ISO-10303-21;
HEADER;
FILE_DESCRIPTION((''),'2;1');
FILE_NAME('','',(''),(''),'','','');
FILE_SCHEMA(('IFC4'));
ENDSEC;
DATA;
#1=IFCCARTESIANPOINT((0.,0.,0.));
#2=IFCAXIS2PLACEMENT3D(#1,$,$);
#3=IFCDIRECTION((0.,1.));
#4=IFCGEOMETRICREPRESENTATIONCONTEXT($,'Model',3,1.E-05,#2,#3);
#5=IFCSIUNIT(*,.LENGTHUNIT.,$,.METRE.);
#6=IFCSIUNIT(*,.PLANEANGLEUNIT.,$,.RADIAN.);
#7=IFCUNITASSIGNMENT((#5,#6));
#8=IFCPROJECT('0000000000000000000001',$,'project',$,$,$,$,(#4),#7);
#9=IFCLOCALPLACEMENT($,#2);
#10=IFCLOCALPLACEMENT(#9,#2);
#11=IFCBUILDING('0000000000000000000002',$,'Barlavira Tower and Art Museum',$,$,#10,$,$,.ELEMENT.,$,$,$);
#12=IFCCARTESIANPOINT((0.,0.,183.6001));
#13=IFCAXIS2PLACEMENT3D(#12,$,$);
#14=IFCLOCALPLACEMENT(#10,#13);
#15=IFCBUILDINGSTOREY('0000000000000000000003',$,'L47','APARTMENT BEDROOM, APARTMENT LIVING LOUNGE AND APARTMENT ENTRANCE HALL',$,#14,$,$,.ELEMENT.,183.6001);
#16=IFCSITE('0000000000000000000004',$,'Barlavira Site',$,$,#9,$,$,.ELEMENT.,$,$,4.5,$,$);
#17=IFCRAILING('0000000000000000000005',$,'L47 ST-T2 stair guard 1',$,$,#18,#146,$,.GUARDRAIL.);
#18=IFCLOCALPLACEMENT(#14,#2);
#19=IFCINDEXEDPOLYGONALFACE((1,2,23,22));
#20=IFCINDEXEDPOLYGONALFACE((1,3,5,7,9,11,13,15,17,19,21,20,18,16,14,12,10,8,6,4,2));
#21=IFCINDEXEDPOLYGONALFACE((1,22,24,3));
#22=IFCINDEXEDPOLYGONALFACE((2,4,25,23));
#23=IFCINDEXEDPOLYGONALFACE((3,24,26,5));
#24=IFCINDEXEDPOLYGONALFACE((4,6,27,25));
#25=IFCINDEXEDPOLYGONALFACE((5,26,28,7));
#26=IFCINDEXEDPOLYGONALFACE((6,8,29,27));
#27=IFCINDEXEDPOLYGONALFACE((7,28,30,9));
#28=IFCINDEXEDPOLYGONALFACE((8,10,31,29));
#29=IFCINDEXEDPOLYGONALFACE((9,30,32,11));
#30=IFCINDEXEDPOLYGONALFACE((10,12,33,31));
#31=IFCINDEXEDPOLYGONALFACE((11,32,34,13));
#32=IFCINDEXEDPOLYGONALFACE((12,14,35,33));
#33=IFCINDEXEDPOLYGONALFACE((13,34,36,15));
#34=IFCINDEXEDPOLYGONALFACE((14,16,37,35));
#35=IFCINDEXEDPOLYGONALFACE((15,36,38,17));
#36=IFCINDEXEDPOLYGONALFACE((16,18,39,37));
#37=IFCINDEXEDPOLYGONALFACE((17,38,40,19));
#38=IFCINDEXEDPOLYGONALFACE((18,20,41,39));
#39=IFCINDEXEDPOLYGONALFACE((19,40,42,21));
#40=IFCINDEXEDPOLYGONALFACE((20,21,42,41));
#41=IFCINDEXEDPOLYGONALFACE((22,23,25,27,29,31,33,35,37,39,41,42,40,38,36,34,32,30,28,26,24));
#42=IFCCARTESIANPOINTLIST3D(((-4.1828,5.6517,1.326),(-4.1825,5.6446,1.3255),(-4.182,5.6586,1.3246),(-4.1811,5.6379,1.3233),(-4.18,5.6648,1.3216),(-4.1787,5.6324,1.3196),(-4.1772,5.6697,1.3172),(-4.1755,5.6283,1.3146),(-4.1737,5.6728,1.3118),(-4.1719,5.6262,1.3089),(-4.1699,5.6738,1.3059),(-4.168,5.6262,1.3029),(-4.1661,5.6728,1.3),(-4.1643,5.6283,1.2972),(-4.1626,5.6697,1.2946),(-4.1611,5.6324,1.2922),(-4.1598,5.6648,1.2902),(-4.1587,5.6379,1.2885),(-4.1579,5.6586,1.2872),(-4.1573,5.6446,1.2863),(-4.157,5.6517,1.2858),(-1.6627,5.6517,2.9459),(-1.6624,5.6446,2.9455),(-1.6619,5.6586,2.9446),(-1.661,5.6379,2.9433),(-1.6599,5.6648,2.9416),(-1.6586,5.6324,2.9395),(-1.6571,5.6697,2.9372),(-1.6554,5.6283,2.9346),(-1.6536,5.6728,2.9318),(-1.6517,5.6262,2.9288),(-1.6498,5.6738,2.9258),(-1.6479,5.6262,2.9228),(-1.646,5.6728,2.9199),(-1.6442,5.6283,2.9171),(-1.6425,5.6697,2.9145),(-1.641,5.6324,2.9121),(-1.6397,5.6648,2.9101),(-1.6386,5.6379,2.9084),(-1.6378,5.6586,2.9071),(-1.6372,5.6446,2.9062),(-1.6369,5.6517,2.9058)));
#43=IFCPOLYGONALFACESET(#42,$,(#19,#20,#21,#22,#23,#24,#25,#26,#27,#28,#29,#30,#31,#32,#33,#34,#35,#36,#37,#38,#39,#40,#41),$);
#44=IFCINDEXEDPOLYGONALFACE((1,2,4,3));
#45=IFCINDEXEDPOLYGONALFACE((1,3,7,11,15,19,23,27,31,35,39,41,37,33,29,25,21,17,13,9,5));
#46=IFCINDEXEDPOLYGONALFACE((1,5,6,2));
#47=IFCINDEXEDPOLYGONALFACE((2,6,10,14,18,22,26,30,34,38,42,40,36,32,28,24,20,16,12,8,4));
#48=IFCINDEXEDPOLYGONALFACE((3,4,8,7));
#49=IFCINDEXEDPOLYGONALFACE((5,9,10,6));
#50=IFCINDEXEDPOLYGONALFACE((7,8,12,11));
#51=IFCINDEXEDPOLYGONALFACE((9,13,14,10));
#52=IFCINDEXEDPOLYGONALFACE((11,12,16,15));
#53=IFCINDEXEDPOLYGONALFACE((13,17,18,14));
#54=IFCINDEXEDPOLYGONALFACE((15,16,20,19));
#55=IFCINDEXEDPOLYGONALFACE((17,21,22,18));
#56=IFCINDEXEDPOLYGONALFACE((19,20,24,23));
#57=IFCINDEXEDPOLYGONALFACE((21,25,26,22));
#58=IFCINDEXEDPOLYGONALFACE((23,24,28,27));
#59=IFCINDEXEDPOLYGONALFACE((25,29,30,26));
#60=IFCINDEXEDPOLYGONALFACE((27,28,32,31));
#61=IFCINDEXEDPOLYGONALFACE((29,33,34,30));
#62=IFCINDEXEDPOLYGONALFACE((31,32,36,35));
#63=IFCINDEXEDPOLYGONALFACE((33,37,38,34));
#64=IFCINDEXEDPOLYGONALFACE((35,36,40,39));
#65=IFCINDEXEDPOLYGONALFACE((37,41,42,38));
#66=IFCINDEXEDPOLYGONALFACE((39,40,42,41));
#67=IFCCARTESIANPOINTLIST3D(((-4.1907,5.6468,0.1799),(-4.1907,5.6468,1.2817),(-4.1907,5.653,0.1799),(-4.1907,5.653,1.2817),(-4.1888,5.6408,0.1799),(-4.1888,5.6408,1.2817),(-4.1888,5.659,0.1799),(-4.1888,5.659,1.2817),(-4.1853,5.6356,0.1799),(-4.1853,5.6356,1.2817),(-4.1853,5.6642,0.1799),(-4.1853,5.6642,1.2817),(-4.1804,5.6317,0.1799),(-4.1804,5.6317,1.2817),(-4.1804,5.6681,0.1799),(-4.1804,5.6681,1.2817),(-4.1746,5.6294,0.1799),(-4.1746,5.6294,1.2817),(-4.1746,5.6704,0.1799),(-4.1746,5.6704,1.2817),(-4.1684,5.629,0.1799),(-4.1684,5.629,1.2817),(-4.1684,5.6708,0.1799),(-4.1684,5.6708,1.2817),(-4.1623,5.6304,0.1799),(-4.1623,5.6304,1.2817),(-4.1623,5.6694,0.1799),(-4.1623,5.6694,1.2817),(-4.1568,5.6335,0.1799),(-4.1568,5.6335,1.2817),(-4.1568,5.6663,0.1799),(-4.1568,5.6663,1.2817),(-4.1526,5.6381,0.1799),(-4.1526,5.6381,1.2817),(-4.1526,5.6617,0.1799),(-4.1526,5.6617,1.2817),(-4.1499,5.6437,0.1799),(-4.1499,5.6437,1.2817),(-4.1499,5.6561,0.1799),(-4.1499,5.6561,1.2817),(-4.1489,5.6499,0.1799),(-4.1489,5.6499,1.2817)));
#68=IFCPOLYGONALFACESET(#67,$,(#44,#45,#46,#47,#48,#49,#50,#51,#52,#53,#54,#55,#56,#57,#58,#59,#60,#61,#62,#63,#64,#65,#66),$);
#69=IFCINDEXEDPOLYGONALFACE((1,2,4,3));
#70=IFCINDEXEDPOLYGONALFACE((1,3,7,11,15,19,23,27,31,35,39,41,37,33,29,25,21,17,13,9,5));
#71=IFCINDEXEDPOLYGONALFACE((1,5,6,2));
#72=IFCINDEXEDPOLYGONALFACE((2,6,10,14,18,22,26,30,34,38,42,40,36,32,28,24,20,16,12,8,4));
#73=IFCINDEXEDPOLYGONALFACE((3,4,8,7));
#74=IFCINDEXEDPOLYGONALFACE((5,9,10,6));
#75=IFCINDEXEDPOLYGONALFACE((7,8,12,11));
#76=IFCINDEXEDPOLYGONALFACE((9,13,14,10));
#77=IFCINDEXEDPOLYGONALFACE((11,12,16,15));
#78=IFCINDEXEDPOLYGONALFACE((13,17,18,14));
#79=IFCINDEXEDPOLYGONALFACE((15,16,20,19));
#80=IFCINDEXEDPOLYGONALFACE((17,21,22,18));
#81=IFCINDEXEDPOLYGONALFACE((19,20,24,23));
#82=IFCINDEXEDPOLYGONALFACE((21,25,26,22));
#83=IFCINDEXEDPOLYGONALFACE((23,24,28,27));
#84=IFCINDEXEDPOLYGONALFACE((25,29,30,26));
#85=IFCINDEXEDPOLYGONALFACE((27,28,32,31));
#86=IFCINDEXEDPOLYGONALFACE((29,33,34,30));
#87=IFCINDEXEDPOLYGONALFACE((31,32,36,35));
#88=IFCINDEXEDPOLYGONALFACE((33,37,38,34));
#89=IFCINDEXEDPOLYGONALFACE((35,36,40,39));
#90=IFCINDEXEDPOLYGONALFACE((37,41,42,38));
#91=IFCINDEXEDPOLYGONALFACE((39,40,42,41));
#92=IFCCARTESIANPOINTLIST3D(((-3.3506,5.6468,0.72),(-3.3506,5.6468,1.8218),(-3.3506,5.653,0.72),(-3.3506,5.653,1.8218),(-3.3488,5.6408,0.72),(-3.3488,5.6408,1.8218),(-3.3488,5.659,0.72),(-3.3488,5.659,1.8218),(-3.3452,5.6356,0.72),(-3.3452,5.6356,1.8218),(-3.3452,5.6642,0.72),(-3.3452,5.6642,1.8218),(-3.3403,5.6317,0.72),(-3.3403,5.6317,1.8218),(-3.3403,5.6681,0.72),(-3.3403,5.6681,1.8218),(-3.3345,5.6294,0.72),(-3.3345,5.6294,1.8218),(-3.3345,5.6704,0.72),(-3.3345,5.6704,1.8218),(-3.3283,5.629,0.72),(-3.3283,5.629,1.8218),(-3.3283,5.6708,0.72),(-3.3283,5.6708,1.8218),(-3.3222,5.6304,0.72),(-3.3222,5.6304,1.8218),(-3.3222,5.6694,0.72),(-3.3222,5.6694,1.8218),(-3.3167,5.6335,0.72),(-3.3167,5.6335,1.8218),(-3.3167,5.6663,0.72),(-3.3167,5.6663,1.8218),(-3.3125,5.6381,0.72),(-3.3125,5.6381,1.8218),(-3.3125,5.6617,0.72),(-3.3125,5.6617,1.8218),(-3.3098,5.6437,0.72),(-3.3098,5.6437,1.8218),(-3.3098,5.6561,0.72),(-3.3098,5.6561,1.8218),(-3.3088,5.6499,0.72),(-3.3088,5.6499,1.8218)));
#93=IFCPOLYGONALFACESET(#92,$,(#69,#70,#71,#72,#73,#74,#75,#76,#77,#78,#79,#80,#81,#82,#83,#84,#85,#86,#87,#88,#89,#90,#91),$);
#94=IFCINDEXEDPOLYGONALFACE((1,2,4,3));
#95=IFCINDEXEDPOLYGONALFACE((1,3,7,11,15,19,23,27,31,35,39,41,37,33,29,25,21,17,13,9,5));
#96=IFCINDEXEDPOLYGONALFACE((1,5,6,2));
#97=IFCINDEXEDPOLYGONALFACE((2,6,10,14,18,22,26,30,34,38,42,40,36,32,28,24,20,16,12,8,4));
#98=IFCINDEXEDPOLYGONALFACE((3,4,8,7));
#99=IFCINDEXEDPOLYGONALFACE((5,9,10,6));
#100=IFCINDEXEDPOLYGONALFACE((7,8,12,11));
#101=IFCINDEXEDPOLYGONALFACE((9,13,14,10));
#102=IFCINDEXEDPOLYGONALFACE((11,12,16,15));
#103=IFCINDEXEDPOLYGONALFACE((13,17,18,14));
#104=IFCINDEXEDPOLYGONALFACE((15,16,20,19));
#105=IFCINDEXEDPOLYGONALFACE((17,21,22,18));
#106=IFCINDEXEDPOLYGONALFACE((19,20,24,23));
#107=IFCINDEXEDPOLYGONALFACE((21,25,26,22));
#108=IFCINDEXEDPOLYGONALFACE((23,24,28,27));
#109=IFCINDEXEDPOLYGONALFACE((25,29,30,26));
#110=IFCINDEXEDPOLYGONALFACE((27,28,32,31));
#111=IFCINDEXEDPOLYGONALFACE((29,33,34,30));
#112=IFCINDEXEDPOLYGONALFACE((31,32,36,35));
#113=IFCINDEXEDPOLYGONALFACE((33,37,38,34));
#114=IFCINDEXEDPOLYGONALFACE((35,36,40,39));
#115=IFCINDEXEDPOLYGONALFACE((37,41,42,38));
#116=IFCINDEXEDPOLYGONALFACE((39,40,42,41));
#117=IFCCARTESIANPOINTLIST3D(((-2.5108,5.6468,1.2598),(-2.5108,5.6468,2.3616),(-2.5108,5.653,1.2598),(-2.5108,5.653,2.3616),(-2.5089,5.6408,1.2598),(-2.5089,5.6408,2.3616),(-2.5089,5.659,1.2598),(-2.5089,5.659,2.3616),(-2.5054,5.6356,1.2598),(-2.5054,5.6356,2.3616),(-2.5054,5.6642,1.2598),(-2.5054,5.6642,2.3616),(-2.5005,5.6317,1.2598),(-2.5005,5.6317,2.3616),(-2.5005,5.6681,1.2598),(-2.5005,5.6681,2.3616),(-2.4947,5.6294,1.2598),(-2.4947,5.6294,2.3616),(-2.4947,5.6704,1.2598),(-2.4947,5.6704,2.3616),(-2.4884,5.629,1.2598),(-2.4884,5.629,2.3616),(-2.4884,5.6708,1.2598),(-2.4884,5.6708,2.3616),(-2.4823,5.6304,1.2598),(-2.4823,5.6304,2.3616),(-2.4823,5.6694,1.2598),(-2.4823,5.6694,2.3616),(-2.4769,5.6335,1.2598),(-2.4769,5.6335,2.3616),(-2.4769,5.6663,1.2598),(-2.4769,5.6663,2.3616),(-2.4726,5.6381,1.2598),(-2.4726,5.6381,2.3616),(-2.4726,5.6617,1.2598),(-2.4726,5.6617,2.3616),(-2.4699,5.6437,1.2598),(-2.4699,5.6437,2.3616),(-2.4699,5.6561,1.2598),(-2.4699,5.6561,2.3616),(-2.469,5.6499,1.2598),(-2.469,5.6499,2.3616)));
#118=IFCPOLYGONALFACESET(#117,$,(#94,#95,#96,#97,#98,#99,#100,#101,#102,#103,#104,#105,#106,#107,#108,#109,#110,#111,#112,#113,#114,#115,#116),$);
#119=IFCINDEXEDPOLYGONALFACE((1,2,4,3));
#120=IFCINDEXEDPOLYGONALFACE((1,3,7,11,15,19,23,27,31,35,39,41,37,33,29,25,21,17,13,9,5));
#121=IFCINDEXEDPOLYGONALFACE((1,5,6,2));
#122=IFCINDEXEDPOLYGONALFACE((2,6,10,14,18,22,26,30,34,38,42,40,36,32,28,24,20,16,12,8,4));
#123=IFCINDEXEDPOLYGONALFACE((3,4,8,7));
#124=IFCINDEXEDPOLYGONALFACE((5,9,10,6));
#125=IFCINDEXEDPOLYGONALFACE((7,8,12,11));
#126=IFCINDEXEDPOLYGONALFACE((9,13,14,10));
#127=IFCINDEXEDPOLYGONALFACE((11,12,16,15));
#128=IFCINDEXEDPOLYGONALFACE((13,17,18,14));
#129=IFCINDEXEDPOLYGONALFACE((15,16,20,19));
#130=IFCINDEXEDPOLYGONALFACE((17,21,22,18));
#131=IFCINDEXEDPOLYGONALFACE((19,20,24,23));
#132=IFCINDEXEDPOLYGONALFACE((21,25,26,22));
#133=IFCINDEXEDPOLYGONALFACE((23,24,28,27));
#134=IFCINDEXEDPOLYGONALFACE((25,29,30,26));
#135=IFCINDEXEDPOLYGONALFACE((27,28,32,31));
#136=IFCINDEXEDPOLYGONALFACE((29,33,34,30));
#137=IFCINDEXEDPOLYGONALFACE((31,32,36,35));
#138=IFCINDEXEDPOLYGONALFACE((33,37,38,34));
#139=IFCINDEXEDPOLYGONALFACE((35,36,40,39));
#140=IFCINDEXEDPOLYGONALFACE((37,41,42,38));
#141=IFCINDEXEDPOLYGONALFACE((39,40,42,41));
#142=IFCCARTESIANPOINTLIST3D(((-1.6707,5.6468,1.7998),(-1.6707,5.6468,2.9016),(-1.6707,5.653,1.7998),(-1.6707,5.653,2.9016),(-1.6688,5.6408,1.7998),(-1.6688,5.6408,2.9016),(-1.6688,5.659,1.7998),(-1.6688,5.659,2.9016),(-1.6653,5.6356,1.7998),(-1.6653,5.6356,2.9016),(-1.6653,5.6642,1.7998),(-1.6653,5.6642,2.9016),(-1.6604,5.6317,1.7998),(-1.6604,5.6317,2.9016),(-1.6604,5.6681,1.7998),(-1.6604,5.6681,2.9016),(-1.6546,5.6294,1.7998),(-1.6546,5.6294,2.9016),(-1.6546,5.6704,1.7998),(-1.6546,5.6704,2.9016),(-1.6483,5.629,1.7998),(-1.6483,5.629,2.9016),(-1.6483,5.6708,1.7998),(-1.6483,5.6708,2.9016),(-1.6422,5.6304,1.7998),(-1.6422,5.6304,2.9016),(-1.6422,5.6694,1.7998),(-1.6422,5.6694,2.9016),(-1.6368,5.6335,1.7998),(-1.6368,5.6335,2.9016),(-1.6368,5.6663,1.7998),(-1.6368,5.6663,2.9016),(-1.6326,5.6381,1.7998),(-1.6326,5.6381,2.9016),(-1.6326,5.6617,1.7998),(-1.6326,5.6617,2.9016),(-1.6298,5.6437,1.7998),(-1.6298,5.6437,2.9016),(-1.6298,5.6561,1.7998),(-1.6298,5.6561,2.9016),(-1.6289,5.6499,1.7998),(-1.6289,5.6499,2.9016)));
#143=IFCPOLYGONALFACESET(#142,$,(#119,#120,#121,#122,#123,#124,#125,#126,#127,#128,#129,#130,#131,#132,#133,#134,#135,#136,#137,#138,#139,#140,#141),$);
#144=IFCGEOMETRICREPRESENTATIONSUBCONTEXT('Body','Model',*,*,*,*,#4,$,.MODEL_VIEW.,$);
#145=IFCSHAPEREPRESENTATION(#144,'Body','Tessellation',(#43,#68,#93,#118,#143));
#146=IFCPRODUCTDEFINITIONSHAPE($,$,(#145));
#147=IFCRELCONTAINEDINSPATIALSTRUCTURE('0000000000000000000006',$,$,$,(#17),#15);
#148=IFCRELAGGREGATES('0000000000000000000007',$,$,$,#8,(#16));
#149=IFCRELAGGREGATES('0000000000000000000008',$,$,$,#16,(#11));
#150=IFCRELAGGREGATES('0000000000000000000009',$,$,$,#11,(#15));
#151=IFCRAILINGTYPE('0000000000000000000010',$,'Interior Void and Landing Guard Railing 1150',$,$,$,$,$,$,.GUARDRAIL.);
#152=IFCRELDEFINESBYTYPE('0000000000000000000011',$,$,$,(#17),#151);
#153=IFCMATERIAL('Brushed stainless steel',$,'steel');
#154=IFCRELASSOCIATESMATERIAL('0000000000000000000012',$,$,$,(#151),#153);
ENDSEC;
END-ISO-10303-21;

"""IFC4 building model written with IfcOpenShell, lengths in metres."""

from ifc_helpers import new_model, si_unit, direction, frame, origin, origin_2d, place, context, subcontext, project, spatial, circle, extrude, material, type_object, element, save


model = new_model("IFC4")

# Units and contexts
model_context = context("Model", 3, precision=1e-05, world=origin(), true_north=direction((0.0, 1.0)))
body_context = subcontext(model_context, "Body", "Model", "MODEL_VIEW")
ifc_project = project(units=[si_unit("LENGTHUNIT", "METRE"), si_unit("PLANEANGLEUNIT", "RADIAN")], contexts=[model_context])

# Site, building, storey
site_placement = place(None, origin())
site = spatial("IfcSite", under=ifc_project, at=site_placement, Name="Barlavira Site", CompositionType="ELEMENT", RefElevation=4.5)
building_placement = place(site_placement, origin())
building = spatial("IfcBuilding", under=site, at=building_placement, Name="Barlavira Tower and Art Museum", CompositionType="ELEMENT")
storey_placement = place(building_placement, frame((0.0, 0.0, 183.6001)))
storey = spatial("IfcBuildingStorey", under=building, at=storey_placement, Name="L47", Description="APARTMENT BEDROOM, APARTMENT LIVING LOUNGE AND APARTMENT ENTRANCE HALL", CompositionType="ELEMENT", Elevation=183.6001)

# Shared definitions
ifc_material_1 = material(Name="Brushed stainless steel", Category="steel")

# Railing
railing_type_1 = type_object("IfcRailingType", Name="Interior Void and Landing Guard Railing 1150", PredefinedType="GUARDRAIL", material=ifc_material_1)
railing_1_placement = place(storey_placement, frame((-4.1699, 5.6499, 0.1799)))
element("IfcRailing", 1, at=railing_1_placement, inside=storey, type_object=railing_type_1, Name="L47 ST-T2 stair guard 1", PredefinedType="GUARDRAIL", context=body_context, shape_type="SweptSolid", body=[
    extrude(circle(Radius=0.0239, at=origin_2d()), frame((0.0, 0.0, 1.126), z_axis=(0.8412, 0.0, 0.540725), x_axis=(0.0, 1.0, 0.0)), (0.0, 0.0, 1.0), 2.9958),
    extrude(circle(Radius=0.021, at=origin_2d()), origin(), (0.0, 0.0, 1.0), 1.1018),
    extrude(circle(Radius=0.021, at=origin_2d()), frame((0.8401, 0.0, 0.54)), (0.0, 0.0, 1.0), 1.1018),
    extrude(circle(Radius=0.021, at=origin_2d()), frame((1.6799, 0.0, 1.0798)), (0.0, 0.0, 1.0), 1.1018),
    extrude(circle(Radius=0.021, at=origin_2d()), frame((2.52, 0.0, 1.6199)), (0.0, 0.0, 1.0), 1.1018),
])

save(model, "model.ifc")
